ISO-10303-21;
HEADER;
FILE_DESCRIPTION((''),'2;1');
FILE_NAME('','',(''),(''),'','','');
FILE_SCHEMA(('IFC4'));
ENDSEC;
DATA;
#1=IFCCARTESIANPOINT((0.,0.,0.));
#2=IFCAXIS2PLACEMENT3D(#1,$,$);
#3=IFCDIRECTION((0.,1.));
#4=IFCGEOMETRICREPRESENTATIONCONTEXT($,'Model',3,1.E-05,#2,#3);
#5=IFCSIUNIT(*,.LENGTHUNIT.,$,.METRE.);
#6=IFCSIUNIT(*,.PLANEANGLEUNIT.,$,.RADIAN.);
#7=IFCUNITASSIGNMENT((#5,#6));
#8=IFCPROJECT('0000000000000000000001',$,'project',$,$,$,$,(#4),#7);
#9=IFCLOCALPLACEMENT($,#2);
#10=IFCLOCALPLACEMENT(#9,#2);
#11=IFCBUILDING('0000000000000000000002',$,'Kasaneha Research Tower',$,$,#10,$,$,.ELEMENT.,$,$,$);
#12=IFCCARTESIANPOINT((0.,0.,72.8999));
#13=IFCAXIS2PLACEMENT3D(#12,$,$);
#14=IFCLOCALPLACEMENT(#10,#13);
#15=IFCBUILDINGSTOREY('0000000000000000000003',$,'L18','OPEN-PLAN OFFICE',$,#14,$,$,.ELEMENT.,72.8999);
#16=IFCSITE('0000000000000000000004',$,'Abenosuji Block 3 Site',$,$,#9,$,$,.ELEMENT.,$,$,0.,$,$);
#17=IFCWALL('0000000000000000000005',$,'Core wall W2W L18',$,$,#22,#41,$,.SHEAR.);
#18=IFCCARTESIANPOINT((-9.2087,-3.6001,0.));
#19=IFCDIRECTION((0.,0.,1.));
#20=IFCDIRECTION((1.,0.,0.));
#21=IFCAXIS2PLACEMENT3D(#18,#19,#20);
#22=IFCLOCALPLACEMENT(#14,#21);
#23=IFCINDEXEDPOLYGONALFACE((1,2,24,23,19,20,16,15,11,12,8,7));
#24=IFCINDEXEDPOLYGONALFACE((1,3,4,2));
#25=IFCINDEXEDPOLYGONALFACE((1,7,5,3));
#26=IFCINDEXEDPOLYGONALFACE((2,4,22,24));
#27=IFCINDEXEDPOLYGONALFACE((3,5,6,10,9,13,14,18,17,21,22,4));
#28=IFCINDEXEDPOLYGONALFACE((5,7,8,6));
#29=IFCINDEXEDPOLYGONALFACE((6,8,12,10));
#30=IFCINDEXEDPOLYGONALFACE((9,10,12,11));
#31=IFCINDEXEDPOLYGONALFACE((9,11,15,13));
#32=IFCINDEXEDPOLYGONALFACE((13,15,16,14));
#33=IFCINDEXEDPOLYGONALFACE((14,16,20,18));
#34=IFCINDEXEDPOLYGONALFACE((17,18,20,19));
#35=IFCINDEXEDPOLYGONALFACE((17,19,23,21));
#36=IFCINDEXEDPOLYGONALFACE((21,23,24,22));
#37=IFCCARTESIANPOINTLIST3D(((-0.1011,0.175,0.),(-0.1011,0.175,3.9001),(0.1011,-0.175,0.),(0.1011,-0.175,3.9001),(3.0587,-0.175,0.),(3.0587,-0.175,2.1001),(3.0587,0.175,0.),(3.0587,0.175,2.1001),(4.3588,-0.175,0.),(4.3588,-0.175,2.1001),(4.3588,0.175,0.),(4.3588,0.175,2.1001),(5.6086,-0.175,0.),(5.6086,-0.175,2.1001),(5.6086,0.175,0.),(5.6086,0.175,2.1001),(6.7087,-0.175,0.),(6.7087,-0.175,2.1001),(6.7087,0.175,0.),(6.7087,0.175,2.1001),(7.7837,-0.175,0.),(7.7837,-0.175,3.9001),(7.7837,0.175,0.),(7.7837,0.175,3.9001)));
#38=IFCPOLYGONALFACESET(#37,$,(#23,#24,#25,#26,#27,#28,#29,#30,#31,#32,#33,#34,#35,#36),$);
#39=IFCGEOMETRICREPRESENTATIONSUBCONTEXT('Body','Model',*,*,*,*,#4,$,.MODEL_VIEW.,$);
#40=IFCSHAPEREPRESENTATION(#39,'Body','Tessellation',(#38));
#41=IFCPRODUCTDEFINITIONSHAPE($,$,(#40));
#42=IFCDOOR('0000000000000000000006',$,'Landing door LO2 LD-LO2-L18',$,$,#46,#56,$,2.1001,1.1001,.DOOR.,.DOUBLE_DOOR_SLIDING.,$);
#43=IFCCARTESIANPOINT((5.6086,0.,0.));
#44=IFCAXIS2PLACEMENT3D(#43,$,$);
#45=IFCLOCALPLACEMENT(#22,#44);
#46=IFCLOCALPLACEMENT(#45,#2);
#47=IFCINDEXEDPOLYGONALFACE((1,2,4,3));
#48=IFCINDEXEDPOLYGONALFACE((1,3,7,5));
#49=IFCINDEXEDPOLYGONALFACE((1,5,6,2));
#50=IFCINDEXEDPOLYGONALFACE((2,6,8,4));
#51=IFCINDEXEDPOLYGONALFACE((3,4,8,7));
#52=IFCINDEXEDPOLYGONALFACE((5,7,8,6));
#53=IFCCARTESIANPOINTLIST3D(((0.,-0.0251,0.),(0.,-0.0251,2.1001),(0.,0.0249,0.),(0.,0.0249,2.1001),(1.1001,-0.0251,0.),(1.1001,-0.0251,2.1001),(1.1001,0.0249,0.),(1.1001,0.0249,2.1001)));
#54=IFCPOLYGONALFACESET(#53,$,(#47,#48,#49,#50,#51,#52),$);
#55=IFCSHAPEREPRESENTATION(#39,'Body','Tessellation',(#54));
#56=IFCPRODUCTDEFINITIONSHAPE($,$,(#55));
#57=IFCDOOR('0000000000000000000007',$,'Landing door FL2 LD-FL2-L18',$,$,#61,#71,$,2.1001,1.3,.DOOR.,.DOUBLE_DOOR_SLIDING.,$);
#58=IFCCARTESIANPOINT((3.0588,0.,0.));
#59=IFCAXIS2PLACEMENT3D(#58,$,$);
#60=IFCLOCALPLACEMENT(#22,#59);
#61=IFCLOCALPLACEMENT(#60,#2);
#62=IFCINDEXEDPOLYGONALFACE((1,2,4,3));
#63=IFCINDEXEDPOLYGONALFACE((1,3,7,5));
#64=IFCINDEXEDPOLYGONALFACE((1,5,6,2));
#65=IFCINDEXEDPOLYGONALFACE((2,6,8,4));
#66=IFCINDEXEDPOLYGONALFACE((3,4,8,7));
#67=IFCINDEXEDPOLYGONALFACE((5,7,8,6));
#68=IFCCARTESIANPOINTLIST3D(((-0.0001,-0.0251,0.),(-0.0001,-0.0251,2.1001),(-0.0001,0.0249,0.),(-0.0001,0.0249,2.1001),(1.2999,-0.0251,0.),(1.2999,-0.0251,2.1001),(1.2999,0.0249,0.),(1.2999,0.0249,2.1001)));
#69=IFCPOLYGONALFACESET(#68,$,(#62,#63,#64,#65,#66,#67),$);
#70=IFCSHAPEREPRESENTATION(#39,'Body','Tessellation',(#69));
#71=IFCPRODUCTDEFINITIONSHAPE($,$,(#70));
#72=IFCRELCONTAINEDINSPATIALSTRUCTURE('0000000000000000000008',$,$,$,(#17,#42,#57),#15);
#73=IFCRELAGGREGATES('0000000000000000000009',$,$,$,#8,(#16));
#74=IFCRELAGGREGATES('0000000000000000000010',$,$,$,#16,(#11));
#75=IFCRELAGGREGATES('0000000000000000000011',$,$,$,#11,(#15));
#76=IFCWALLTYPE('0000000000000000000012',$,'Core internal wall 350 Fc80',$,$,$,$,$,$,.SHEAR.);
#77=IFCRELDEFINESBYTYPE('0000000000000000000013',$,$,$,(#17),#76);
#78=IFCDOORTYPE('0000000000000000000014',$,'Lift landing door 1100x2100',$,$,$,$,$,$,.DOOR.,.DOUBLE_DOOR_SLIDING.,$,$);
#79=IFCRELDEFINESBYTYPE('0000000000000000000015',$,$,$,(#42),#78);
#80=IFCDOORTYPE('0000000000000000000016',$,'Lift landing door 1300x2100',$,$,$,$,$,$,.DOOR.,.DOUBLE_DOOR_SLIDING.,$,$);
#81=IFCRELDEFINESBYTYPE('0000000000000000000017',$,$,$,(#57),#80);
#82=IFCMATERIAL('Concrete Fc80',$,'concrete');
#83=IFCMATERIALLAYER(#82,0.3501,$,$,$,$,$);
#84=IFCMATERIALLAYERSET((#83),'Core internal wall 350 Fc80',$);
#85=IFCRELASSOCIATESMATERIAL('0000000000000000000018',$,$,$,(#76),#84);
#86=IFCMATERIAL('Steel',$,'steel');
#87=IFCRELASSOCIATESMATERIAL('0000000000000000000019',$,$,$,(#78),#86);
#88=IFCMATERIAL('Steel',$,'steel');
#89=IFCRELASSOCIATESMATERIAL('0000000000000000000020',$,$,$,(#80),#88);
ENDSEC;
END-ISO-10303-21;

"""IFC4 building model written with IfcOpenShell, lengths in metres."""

from ifc_helpers import new_model, si_unit, direction, frame, frame_2d, origin, place, context, subcontext, project, spatial, polyline, rectangle, outline, extrude, material, layer, layer_set, type_object, element, fill, save


model = new_model("IFC4")

# Units and contexts
model_context = context("Model", 3, precision=1e-05, world=origin(), true_north=direction((0.0, 1.0)))
body_context = subcontext(model_context, "Body", "Model", "MODEL_VIEW")
ifc_project = project(units=[si_unit("LENGTHUNIT", "METRE"), si_unit("PLANEANGLEUNIT", "RADIAN")], contexts=[model_context])

# Site, building, storey
site_placement = place(None, origin())
site = spatial("IfcSite", under=ifc_project, at=site_placement, Name="Abenosuji Block 3 Site", CompositionType="ELEMENT", RefElevation=0.0)
building_placement = place(site_placement, origin())
building = spatial("IfcBuilding", under=site, at=building_placement, Name="Kasaneha Research Tower", CompositionType="ELEMENT")
storey_placement = place(building_placement, frame((0.0, 0.0, 72.8999)))
storey = spatial("IfcBuildingStorey", under=building, at=storey_placement, Name="L18", Description="OPEN-PLAN OFFICE", CompositionType="ELEMENT", Elevation=72.8999)

# Wall, openings, doors
ifc_material_1 = material(Name="Concrete Fc80", Category="concrete")
ifc_layer_1 = layer(ifc_material_1, 0.3501)
ifc_layer_set_1 = layer_set([ifc_layer_1], Name="Core internal wall 350 Fc80")
wall_type_1 = type_object("IfcWallType", Name="Core internal wall 350 Fc80", PredefinedType="SHEAR", material=ifc_layer_set_1)
wall_1_placement = place(storey_placement, frame((-9.2087, -3.6001, 0.0), z_axis=(0.0, 0.0, 1.0), x_axis=(1.0, 0.0, 0.0)))
wall_1 = element("IfcWall", 1, at=wall_1_placement, inside=storey, type_object=wall_type_1, Name="Core wall W2W L18", PredefinedType="SHEAR", context=body_context, shape_type="SweptSolid", body=[
    extrude(outline(polyline([(0.1011, -0.175), (3.0588, -0.175), (4.3589, -0.175), (5.6086, -0.175), (6.7087, -0.175), (7.7837, -0.175), (7.7837, 0.175), (6.7087, 0.175), (5.6086, 0.175), (4.3589, 0.175), (3.0588, 0.175), (-0.1011, 0.175), (0.1011, -0.175)])), origin(), (0.0, 0.0, 1.0), 3.9001),
])
opening_1_placement = place(wall_1_placement, frame((5.6086, 0.0, 0.0)))
opening_1 = element("IfcOpeningElement", 2, at=opening_1_placement, cuts=wall_1, PredefinedType="OPENING", context=body_context, shape_type="SweptSolid", body=[
    extrude(rectangle(XDim=1.1001, YDim=2.1001, at=frame_2d((0.55, 1.05))), frame((0.0, 0.1851, 0.0), z_axis=(0.0, -1.0, 0.0), x_axis=(1.0, 0.0, 0.0)), (0.0, 0.0, 1.0), 0.3701),
])
opening_2_placement = place(wall_1_placement, frame((3.0588, 0.0, 0.0)))
opening_2 = element("IfcOpeningElement", 3, at=opening_2_placement, cuts=wall_1, PredefinedType="OPENING", context=body_context, shape_type="SweptSolid", body=[
    extrude(rectangle(XDim=1.3, YDim=2.1001, at=frame_2d((0.6499, 1.05))), frame((0.0, 0.1851, 0.0), z_axis=(0.0, -1.0, 0.0), x_axis=(1.0, 0.0, 0.0)), (0.0, 0.0, 1.0), 0.3701),
])
ifc_material_2 = material(Name="Steel", Category="steel")
door_type_1 = type_object("IfcDoorType", Name="Lift landing door 1100x2100", OperationType="DOUBLE_DOOR_SLIDING", PredefinedType="DOOR", material=ifc_material_2)
door_1_placement = place(opening_1_placement, origin())
door_1 = element("IfcDoor", 4, at=door_1_placement, inside=storey, type_object=door_type_1, Name="Landing door LO2 LD-LO2-L18", OperationType="DOUBLE_DOOR_SLIDING", OverallHeight=2.1001, OverallWidth=1.1001, PredefinedType="DOOR", context=body_context, shape_type="SweptSolid", body=[
    extrude(rectangle(XDim=1.1001, YDim=2.1001, at=frame_2d((0.55, 1.05))), frame((0.0, 0.0249, 0.0), z_axis=(0.0, -1.0, 0.0), x_axis=(1.0, 0.0, 0.0)), (0.0, 0.0, 1.0), 0.05),
])
fill(opening_1, door_1)
ifc_material_3 = material(Name="Steel", Category="steel")
door_type_2 = type_object("IfcDoorType", Name="Lift landing door 1300x2100", OperationType="DOUBLE_DOOR_SLIDING", PredefinedType="DOOR", material=ifc_material_3)
door_2_placement = place(opening_2_placement, origin())
door_2 = element("IfcDoor", 5, at=door_2_placement, inside=storey, type_object=door_type_2, Name="Landing door FL2 LD-FL2-L18", OperationType="DOUBLE_DOOR_SLIDING", OverallHeight=2.1001, OverallWidth=1.3, PredefinedType="DOOR", context=body_context, shape_type="SweptSolid", body=[
    extrude(rectangle(XDim=1.3, YDim=2.1001, at=frame_2d((0.6499, 1.05))), frame((0.0, 0.0249, 0.0), z_axis=(0.0, -1.0, 0.0), x_axis=(1.0, 0.0, 0.0)), (0.0, 0.0, 1.0), 0.05),
])
fill(opening_2, door_2)

save(model, "model.ifc")
